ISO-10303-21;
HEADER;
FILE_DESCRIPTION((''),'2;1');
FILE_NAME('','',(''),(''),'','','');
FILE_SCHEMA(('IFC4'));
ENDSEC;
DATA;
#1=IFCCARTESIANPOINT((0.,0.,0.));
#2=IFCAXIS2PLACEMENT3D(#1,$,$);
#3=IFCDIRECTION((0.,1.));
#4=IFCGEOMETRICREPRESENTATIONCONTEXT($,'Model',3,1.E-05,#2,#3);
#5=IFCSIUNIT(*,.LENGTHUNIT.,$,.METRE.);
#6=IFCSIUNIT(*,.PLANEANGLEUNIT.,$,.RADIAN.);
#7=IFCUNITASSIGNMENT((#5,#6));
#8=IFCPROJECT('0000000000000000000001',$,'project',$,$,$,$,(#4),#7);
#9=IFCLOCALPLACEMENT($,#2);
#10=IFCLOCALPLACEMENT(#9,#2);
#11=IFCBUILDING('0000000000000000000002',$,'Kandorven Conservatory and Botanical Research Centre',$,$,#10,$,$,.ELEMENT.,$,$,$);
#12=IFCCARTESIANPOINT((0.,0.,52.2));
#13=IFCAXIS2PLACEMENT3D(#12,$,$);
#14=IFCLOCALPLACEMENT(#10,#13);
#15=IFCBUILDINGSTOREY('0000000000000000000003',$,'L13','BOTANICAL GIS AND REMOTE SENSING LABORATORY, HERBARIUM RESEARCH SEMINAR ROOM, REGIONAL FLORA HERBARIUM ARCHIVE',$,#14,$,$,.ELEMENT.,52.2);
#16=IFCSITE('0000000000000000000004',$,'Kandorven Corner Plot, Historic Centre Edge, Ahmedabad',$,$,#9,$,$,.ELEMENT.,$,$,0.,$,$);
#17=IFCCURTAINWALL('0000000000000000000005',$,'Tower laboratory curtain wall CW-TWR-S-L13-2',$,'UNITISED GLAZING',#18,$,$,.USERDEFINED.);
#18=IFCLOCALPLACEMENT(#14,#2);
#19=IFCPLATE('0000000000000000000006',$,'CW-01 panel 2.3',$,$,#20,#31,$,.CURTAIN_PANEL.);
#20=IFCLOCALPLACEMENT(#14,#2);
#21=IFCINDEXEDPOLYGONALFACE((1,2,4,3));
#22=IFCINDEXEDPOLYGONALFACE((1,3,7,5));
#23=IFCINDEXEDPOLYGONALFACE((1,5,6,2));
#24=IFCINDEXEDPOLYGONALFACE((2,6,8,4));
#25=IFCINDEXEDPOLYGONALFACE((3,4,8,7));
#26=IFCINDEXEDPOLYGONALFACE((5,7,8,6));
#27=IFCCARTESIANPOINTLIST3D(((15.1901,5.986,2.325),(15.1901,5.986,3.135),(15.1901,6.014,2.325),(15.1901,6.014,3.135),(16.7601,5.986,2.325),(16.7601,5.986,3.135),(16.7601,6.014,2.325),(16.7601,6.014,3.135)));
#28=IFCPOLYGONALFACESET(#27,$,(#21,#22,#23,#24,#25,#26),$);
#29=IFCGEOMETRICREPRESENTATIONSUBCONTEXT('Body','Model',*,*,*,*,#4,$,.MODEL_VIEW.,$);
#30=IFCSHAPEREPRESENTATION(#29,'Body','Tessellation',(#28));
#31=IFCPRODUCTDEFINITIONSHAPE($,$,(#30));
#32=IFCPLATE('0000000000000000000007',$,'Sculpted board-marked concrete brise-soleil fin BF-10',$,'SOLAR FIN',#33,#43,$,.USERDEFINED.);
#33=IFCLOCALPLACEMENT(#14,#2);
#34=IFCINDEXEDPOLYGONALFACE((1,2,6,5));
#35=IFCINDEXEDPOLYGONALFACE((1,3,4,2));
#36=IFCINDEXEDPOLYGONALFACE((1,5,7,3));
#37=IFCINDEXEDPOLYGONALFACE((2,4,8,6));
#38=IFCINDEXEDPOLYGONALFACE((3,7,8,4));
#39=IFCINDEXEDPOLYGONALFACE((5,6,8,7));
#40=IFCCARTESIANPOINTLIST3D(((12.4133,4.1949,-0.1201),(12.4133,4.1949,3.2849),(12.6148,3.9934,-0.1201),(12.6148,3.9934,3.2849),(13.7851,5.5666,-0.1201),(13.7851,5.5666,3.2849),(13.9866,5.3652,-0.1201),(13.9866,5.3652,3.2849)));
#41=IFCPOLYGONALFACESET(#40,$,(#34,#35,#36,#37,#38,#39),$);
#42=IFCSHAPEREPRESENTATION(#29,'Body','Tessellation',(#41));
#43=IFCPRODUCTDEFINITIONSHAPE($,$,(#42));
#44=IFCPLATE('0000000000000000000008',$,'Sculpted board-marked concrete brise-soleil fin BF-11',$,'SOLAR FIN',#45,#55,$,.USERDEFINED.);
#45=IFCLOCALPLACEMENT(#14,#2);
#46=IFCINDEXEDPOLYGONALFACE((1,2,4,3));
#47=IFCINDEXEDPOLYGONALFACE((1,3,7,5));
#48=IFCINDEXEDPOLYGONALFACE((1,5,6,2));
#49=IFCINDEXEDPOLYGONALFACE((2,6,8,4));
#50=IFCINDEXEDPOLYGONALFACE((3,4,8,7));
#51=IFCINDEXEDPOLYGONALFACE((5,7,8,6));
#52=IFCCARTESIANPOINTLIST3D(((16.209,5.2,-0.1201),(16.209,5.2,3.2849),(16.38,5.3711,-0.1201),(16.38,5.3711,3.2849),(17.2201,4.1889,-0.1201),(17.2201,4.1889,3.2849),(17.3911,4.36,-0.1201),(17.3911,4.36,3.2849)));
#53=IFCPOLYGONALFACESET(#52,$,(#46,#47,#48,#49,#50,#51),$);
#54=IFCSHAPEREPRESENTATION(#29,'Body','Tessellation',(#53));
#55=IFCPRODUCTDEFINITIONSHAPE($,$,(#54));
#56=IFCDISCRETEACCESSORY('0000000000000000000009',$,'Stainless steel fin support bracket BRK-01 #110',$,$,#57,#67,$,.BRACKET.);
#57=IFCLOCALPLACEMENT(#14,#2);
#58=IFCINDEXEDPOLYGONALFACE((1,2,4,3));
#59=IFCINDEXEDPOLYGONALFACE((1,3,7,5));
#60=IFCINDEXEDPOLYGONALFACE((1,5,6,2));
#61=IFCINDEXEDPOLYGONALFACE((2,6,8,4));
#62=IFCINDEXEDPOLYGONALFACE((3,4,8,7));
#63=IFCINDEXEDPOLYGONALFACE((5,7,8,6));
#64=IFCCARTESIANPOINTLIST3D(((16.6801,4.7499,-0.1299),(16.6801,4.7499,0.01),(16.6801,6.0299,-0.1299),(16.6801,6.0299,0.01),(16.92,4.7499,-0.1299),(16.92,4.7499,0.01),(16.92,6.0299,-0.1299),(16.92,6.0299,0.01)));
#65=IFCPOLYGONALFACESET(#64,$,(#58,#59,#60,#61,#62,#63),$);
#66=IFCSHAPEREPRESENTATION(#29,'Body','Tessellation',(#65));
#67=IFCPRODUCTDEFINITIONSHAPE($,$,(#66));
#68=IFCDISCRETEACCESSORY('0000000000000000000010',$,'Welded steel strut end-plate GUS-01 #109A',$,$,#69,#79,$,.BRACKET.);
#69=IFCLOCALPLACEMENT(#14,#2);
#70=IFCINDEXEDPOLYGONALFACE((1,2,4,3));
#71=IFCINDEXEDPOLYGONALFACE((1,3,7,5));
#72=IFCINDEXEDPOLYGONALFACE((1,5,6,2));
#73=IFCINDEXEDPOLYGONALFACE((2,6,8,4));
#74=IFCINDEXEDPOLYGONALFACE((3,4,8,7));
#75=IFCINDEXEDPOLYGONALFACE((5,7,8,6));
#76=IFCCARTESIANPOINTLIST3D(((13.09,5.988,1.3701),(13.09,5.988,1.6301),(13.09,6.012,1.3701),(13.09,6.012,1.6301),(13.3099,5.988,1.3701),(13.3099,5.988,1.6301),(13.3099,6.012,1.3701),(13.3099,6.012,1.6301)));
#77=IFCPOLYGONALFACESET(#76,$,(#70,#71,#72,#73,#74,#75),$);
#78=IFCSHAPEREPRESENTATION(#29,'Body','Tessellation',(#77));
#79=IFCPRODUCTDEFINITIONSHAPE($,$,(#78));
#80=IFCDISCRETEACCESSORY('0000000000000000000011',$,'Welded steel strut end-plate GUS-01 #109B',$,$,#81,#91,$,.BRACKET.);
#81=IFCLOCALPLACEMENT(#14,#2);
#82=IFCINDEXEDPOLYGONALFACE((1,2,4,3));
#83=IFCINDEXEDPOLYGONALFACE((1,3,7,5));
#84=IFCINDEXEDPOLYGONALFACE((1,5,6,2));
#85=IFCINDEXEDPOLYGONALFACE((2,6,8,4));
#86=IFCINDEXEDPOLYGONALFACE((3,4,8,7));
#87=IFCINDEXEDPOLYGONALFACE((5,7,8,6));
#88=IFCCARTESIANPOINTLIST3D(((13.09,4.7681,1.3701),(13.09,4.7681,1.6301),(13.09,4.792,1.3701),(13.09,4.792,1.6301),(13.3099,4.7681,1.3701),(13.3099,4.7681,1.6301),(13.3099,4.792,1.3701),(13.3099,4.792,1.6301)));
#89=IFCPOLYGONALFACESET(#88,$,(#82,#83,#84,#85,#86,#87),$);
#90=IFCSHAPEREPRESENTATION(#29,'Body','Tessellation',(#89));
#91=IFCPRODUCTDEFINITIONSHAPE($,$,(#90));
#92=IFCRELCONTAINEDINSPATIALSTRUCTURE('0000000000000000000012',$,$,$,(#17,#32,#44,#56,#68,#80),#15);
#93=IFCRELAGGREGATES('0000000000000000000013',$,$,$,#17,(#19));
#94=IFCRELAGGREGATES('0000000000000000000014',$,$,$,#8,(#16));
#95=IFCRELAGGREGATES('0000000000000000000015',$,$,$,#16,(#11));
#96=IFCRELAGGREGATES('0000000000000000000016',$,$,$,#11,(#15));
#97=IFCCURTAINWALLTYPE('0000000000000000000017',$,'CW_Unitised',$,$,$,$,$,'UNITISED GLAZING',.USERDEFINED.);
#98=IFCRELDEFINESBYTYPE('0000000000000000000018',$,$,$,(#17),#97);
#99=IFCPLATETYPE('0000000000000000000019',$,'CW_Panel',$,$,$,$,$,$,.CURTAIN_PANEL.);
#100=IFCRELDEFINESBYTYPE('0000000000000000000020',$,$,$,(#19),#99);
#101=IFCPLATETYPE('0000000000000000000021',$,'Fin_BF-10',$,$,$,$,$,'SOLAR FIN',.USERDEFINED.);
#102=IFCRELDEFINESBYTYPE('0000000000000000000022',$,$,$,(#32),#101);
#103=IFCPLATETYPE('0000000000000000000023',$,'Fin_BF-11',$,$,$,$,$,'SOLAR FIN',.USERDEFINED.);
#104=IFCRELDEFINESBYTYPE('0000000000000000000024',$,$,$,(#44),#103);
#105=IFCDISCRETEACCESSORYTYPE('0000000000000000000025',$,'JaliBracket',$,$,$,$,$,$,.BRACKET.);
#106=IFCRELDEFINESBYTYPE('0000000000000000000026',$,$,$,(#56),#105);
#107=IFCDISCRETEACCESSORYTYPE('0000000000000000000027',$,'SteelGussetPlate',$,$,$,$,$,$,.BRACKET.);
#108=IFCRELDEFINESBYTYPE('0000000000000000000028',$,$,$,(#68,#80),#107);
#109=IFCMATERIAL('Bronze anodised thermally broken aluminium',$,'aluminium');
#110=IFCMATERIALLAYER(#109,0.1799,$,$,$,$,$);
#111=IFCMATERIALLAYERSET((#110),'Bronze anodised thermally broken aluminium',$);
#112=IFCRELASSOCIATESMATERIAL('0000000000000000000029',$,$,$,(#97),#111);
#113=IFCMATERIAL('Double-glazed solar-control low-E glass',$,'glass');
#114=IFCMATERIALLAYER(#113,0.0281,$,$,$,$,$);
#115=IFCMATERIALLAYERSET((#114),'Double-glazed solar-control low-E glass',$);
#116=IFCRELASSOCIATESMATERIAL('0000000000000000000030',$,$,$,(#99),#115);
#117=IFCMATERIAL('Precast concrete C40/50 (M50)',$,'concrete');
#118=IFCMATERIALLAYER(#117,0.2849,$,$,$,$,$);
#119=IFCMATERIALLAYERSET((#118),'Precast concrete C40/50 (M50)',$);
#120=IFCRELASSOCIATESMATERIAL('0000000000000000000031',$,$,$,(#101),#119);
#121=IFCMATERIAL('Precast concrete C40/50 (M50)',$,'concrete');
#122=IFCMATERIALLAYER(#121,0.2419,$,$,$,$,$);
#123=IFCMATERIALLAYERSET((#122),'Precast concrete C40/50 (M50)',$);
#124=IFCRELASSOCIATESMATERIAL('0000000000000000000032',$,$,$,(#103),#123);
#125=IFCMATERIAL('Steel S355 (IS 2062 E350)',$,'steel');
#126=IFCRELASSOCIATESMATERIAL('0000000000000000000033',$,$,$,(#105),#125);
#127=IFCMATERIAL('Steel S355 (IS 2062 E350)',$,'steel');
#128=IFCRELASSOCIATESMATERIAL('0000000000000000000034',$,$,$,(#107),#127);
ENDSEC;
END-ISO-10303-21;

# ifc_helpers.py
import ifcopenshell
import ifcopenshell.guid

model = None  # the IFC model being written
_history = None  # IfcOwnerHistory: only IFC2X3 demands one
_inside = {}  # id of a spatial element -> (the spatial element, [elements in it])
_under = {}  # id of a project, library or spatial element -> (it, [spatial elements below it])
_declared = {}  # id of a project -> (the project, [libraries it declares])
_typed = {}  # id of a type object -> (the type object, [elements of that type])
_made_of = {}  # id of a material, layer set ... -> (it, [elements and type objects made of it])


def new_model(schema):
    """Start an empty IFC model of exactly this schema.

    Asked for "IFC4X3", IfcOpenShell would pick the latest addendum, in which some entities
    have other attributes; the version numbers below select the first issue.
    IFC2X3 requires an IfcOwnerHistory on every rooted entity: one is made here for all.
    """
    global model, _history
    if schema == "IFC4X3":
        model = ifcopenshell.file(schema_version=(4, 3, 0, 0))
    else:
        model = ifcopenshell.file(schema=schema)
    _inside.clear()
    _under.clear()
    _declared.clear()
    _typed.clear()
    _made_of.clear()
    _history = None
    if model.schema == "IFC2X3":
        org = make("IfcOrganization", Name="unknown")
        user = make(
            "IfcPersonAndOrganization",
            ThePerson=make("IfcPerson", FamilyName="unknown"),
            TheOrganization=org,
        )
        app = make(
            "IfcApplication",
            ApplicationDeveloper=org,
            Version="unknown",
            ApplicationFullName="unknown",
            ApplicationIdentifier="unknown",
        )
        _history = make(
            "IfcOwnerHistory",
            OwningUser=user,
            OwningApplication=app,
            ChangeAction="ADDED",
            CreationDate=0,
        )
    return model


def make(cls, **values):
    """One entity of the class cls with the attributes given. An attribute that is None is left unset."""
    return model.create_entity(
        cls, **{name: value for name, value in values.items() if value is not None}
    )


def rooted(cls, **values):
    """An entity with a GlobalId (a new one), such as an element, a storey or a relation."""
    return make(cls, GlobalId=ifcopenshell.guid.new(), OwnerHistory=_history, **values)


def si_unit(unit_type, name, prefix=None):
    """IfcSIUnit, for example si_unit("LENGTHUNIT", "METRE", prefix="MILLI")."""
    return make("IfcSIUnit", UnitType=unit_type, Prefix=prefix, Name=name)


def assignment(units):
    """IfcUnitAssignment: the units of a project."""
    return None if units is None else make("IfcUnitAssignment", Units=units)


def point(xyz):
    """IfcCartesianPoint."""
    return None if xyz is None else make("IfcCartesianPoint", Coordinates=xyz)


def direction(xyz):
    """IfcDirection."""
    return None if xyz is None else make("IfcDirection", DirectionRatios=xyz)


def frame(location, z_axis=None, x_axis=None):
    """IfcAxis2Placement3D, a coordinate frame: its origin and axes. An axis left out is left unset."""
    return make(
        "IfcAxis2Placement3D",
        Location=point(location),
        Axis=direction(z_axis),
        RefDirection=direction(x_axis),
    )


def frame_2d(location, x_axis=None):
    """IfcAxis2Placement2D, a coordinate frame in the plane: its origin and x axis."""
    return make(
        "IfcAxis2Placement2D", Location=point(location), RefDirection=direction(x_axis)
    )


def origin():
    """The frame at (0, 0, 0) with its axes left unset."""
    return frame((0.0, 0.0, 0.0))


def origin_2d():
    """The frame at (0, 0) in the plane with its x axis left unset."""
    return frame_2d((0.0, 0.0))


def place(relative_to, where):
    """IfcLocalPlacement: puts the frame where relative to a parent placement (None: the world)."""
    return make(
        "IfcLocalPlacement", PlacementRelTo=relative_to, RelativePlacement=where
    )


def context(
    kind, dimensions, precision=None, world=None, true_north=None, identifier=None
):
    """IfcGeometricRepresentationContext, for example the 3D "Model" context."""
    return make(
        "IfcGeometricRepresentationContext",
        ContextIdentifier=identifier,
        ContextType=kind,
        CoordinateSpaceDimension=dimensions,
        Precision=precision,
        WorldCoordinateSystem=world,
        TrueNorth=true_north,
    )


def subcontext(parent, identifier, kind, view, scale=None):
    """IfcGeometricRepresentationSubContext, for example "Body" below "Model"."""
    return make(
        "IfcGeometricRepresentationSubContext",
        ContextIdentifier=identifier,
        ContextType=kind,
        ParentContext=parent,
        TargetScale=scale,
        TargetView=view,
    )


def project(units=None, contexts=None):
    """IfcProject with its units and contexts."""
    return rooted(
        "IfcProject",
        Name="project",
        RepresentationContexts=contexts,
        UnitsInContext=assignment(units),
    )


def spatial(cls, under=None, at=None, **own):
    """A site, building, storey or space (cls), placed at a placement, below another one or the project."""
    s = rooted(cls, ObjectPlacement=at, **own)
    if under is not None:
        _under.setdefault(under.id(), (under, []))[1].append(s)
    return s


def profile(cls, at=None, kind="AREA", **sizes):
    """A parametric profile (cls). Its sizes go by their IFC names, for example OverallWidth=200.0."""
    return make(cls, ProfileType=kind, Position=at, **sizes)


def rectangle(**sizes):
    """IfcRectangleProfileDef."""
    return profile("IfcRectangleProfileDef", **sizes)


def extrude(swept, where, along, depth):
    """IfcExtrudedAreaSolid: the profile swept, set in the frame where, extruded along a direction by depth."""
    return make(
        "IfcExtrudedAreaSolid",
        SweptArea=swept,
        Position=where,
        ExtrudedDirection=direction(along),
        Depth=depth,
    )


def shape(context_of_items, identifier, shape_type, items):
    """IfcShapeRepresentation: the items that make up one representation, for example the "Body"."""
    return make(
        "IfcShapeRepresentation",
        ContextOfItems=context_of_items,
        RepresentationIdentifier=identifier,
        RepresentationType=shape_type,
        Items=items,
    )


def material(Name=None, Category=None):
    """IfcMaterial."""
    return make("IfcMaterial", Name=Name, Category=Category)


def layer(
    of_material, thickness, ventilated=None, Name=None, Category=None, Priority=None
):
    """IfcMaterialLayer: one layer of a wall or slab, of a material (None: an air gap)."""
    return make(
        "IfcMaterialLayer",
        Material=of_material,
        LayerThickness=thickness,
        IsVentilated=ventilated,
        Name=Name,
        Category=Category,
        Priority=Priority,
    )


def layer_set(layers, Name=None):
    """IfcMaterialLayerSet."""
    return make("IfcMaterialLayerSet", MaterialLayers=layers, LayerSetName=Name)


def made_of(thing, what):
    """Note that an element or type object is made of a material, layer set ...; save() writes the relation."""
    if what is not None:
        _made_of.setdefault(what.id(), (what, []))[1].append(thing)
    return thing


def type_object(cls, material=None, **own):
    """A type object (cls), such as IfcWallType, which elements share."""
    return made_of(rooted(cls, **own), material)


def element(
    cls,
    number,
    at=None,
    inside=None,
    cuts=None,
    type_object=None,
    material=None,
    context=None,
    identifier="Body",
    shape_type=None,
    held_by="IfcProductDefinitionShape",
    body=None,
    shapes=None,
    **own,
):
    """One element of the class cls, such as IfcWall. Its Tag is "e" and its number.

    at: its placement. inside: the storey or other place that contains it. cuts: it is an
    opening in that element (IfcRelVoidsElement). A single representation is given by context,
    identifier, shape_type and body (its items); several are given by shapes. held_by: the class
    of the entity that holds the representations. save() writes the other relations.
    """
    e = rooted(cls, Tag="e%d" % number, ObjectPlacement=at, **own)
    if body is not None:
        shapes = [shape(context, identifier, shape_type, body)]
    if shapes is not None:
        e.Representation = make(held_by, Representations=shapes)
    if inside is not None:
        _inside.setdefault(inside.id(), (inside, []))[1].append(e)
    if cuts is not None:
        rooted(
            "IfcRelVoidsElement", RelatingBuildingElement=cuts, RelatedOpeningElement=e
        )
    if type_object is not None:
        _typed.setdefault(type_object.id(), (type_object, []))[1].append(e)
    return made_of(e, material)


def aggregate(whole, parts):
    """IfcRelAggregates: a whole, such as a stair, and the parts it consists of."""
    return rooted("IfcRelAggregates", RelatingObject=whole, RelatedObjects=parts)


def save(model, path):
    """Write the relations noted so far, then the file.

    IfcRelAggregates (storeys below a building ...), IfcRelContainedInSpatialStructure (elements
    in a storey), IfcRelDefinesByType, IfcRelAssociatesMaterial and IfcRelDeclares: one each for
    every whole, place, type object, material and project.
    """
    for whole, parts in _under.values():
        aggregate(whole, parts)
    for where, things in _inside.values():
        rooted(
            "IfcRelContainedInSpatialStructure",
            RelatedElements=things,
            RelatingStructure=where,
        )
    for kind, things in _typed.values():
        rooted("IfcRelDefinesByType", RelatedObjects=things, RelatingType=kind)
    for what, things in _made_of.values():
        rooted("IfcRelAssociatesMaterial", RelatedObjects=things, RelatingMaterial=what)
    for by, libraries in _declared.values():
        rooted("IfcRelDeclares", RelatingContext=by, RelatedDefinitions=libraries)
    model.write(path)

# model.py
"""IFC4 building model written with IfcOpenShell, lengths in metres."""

from ifc_helpers import new_model, si_unit, direction, frame, origin, origin_2d, place, context, subcontext, project, spatial, rectangle, extrude, material, layer, layer_set, type_object, element, aggregate, save


model = new_model("IFC4")

# Units and contexts
model_context = context("Model", 3, precision=1e-05, world=origin(), true_north=direction((0.0, 1.0)))
body_context = subcontext(model_context, "Body", "Model", "MODEL_VIEW")
ifc_project = project(units=[si_unit("LENGTHUNIT", "METRE"), si_unit("PLANEANGLEUNIT", "RADIAN")], contexts=[model_context])

# Site, building, storey
site_placement = place(None, origin())
site = spatial("IfcSite", under=ifc_project, at=site_placement, Name="Kandorven Corner Plot, Historic Centre Edge, Ahmedabad", CompositionType="ELEMENT", RefElevation=0.0)
building_placement = place(site_placement, origin())
building = spatial("IfcBuilding", under=site, at=building_placement, Name="Kandorven Conservatory and Botanical Research Centre", CompositionType="ELEMENT")
storey_placement = place(building_placement, frame((0.0, 0.0, 52.2)))
storey = spatial("IfcBuildingStorey", under=building, at=storey_placement, Name="L13", Description="BOTANICAL GIS AND REMOTE SENSING LABORATORY, HERBARIUM RESEARCH SEMINAR ROOM, REGIONAL FLORA HERBARIUM ARCHIVE", CompositionType="ELEMENT", Elevation=52.2)

# Curtain wall
ifc_material_1 = material(Name="Bronze anodised thermally broken aluminium", Category="aluminium")
ifc_layer_1 = layer(ifc_material_1, 0.1799)
ifc_layer_set_1 = layer_set([ifc_layer_1], Name="Bronze anodised thermally broken aluminium")
curtain_wall_type = type_object("IfcCurtainWallType", Name="CW_Unitised", ElementType="UNITISED GLAZING", PredefinedType="USERDEFINED", material=ifc_layer_set_1)
curtain_wall_placement = place(storey_placement, origin())
curtain_wall = element("IfcCurtainWall", 1, at=curtain_wall_placement, inside=storey, type_object=curtain_wall_type, Name="Tower laboratory curtain wall CW-TWR-S-L13-2", ObjectType="UNITISED GLAZING", PredefinedType="USERDEFINED")

# Plate
ifc_material_2 = material(Name="Double-glazed solar-control low-E glass", Category="glass")
ifc_layer_2 = layer(ifc_material_2, 0.0281)
ifc_layer_set_2 = layer_set([ifc_layer_2], Name="Double-glazed solar-control low-E glass")
plate_type_1 = type_object("IfcPlateType", Name="CW_Panel", PredefinedType="CURTAIN_PANEL", material=ifc_layer_set_2)
plate_1_placement = place(storey_placement, frame((15.9751, 6.0, 2.325), z_axis=(0.0, 0.0, 1.0), x_axis=(1.0, 0.0, 0.0)))
plate_1 = element("IfcPlate", 2, at=plate_1_placement, type_object=plate_type_1, Name="CW-01 panel 2.3", PredefinedType="CURTAIN_PANEL", context=body_context, shape_type="SweptSolid", body=[
    extrude(rectangle(XDim=1.5701, YDim=0.0281, at=origin_2d()), origin(), (0.0, 0.0, 1.0), 0.8101),
])
aggregate(curtain_wall, [plate_1])

# Plates
ifc_material_3 = material(Name="Precast concrete C40/50 (M50)", Category="concrete")
ifc_layer_3 = layer(ifc_material_3, 0.2849)
ifc_layer_set_3 = layer_set([ifc_layer_3], Name="Precast concrete C40/50 (M50)")
plate_type_2 = type_object("IfcPlateType", Name="Fin_BF-10", ElementType="SOLAR FIN", PredefinedType="USERDEFINED", material=ifc_layer_set_3)
plate_2_placement = place(storey_placement, frame((13.2, 4.78, -0.1201), z_axis=(0.0, 0.0, 1.0), x_axis=(0.707107, 0.707107, 0.0)))
element("IfcPlate", 3, at=plate_2_placement, inside=storey, type_object=plate_type_2, Name="Sculpted board-marked concrete brise-soleil fin BF-10", ObjectType="SOLAR FIN", PredefinedType="USERDEFINED", context=body_context, shape_type="SweptSolid", body=[
    extrude(rectangle(XDim=1.9399, YDim=0.2849, at=origin_2d()), origin(), (0.0, 0.0, 1.0), 3.405),
])
ifc_material_4 = material(Name="Precast concrete C40/50 (M50)", Category="concrete")
ifc_layer_4 = layer(ifc_material_4, 0.2419)
ifc_layer_set_4 = layer_set([ifc_layer_4], Name="Precast concrete C40/50 (M50)")
plate_type_3 = type_object("IfcPlateType", Name="Fin_BF-11", ElementType="SOLAR FIN", PredefinedType="USERDEFINED", material=ifc_layer_set_4)
plate_3_placement = place(storey_placement, frame((16.8, 4.78, -0.1201), z_axis=(0.0, 0.0, 1.0), x_axis=(-0.707107, 0.707107, 0.0)))
element("IfcPlate", 4, at=plate_3_placement, inside=storey, type_object=plate_type_3, Name="Sculpted board-marked concrete brise-soleil fin BF-11", ObjectType="SOLAR FIN", PredefinedType="USERDEFINED", context=body_context, shape_type="SweptSolid", body=[
    extrude(rectangle(XDim=1.4299, YDim=0.2419, at=origin_2d()), origin(), (0.0, 0.0, 1.0), 3.405),
])

# Discrete accessories
ifc_material_5 = material(Name="Steel S355 (IS 2062 E350)", Category="steel")
discrete_accessory_type_1 = type_object("IfcDiscreteAccessoryType", Name="JaliBracket", PredefinedType="BRACKET", material=ifc_material_5)
discrete_accessory_placement = place(storey_placement, frame((16.8, 5.3899, -0.1299), z_axis=(0.0, 0.0, 1.0), x_axis=(1.0, 0.0, 0.0)))
element("IfcDiscreteAccessory", 5, at=discrete_accessory_placement, inside=storey, type_object=discrete_accessory_type_1, Name="Stainless steel fin support bracket BRK-01 #110", PredefinedType="BRACKET", context=body_context, shape_type="SweptSolid", body=[
    extrude(rectangle(XDim=0.24, YDim=1.28, at=origin_2d()), origin(), (0.0, 0.0, 1.0), 0.1399),
])
ifc_material_6 = material(Name="Steel S355 (IS 2062 E350)", Category="steel")
discrete_accessory_type_2 = type_object("IfcDiscreteAccessoryType", Name="SteelGussetPlate", PredefinedType="BRACKET", material=ifc_material_6)
for number, where, z_axis, x_axis, name in (
    (6, (13.2, 6.0, 1.3701), (0.0, 0.0, 1.0), (1.0, 0.0, 0.0), "Welded steel strut end-plate GUS-01 #109A"),
    (7, (13.2, 4.78, 1.3701), (0.0, 0.0, 1.0), (1.0, 0.0, 0.0), "Welded steel strut end-plate GUS-01 #109B"),
):
    element("IfcDiscreteAccessory", number, at=place(storey_placement, frame(where, z_axis=z_axis, x_axis=x_axis)), inside=storey, type_object=discrete_accessory_type_2, Name=name, PredefinedType="BRACKET", context=body_context, shape_type="SweptSolid", body=[
        extrude(rectangle(XDim=0.22, YDim=0.0239, at=origin_2d()), origin(), (0.0, 0.0, 1.0), 0.26),
    ])

save(model, "model.ifc")
